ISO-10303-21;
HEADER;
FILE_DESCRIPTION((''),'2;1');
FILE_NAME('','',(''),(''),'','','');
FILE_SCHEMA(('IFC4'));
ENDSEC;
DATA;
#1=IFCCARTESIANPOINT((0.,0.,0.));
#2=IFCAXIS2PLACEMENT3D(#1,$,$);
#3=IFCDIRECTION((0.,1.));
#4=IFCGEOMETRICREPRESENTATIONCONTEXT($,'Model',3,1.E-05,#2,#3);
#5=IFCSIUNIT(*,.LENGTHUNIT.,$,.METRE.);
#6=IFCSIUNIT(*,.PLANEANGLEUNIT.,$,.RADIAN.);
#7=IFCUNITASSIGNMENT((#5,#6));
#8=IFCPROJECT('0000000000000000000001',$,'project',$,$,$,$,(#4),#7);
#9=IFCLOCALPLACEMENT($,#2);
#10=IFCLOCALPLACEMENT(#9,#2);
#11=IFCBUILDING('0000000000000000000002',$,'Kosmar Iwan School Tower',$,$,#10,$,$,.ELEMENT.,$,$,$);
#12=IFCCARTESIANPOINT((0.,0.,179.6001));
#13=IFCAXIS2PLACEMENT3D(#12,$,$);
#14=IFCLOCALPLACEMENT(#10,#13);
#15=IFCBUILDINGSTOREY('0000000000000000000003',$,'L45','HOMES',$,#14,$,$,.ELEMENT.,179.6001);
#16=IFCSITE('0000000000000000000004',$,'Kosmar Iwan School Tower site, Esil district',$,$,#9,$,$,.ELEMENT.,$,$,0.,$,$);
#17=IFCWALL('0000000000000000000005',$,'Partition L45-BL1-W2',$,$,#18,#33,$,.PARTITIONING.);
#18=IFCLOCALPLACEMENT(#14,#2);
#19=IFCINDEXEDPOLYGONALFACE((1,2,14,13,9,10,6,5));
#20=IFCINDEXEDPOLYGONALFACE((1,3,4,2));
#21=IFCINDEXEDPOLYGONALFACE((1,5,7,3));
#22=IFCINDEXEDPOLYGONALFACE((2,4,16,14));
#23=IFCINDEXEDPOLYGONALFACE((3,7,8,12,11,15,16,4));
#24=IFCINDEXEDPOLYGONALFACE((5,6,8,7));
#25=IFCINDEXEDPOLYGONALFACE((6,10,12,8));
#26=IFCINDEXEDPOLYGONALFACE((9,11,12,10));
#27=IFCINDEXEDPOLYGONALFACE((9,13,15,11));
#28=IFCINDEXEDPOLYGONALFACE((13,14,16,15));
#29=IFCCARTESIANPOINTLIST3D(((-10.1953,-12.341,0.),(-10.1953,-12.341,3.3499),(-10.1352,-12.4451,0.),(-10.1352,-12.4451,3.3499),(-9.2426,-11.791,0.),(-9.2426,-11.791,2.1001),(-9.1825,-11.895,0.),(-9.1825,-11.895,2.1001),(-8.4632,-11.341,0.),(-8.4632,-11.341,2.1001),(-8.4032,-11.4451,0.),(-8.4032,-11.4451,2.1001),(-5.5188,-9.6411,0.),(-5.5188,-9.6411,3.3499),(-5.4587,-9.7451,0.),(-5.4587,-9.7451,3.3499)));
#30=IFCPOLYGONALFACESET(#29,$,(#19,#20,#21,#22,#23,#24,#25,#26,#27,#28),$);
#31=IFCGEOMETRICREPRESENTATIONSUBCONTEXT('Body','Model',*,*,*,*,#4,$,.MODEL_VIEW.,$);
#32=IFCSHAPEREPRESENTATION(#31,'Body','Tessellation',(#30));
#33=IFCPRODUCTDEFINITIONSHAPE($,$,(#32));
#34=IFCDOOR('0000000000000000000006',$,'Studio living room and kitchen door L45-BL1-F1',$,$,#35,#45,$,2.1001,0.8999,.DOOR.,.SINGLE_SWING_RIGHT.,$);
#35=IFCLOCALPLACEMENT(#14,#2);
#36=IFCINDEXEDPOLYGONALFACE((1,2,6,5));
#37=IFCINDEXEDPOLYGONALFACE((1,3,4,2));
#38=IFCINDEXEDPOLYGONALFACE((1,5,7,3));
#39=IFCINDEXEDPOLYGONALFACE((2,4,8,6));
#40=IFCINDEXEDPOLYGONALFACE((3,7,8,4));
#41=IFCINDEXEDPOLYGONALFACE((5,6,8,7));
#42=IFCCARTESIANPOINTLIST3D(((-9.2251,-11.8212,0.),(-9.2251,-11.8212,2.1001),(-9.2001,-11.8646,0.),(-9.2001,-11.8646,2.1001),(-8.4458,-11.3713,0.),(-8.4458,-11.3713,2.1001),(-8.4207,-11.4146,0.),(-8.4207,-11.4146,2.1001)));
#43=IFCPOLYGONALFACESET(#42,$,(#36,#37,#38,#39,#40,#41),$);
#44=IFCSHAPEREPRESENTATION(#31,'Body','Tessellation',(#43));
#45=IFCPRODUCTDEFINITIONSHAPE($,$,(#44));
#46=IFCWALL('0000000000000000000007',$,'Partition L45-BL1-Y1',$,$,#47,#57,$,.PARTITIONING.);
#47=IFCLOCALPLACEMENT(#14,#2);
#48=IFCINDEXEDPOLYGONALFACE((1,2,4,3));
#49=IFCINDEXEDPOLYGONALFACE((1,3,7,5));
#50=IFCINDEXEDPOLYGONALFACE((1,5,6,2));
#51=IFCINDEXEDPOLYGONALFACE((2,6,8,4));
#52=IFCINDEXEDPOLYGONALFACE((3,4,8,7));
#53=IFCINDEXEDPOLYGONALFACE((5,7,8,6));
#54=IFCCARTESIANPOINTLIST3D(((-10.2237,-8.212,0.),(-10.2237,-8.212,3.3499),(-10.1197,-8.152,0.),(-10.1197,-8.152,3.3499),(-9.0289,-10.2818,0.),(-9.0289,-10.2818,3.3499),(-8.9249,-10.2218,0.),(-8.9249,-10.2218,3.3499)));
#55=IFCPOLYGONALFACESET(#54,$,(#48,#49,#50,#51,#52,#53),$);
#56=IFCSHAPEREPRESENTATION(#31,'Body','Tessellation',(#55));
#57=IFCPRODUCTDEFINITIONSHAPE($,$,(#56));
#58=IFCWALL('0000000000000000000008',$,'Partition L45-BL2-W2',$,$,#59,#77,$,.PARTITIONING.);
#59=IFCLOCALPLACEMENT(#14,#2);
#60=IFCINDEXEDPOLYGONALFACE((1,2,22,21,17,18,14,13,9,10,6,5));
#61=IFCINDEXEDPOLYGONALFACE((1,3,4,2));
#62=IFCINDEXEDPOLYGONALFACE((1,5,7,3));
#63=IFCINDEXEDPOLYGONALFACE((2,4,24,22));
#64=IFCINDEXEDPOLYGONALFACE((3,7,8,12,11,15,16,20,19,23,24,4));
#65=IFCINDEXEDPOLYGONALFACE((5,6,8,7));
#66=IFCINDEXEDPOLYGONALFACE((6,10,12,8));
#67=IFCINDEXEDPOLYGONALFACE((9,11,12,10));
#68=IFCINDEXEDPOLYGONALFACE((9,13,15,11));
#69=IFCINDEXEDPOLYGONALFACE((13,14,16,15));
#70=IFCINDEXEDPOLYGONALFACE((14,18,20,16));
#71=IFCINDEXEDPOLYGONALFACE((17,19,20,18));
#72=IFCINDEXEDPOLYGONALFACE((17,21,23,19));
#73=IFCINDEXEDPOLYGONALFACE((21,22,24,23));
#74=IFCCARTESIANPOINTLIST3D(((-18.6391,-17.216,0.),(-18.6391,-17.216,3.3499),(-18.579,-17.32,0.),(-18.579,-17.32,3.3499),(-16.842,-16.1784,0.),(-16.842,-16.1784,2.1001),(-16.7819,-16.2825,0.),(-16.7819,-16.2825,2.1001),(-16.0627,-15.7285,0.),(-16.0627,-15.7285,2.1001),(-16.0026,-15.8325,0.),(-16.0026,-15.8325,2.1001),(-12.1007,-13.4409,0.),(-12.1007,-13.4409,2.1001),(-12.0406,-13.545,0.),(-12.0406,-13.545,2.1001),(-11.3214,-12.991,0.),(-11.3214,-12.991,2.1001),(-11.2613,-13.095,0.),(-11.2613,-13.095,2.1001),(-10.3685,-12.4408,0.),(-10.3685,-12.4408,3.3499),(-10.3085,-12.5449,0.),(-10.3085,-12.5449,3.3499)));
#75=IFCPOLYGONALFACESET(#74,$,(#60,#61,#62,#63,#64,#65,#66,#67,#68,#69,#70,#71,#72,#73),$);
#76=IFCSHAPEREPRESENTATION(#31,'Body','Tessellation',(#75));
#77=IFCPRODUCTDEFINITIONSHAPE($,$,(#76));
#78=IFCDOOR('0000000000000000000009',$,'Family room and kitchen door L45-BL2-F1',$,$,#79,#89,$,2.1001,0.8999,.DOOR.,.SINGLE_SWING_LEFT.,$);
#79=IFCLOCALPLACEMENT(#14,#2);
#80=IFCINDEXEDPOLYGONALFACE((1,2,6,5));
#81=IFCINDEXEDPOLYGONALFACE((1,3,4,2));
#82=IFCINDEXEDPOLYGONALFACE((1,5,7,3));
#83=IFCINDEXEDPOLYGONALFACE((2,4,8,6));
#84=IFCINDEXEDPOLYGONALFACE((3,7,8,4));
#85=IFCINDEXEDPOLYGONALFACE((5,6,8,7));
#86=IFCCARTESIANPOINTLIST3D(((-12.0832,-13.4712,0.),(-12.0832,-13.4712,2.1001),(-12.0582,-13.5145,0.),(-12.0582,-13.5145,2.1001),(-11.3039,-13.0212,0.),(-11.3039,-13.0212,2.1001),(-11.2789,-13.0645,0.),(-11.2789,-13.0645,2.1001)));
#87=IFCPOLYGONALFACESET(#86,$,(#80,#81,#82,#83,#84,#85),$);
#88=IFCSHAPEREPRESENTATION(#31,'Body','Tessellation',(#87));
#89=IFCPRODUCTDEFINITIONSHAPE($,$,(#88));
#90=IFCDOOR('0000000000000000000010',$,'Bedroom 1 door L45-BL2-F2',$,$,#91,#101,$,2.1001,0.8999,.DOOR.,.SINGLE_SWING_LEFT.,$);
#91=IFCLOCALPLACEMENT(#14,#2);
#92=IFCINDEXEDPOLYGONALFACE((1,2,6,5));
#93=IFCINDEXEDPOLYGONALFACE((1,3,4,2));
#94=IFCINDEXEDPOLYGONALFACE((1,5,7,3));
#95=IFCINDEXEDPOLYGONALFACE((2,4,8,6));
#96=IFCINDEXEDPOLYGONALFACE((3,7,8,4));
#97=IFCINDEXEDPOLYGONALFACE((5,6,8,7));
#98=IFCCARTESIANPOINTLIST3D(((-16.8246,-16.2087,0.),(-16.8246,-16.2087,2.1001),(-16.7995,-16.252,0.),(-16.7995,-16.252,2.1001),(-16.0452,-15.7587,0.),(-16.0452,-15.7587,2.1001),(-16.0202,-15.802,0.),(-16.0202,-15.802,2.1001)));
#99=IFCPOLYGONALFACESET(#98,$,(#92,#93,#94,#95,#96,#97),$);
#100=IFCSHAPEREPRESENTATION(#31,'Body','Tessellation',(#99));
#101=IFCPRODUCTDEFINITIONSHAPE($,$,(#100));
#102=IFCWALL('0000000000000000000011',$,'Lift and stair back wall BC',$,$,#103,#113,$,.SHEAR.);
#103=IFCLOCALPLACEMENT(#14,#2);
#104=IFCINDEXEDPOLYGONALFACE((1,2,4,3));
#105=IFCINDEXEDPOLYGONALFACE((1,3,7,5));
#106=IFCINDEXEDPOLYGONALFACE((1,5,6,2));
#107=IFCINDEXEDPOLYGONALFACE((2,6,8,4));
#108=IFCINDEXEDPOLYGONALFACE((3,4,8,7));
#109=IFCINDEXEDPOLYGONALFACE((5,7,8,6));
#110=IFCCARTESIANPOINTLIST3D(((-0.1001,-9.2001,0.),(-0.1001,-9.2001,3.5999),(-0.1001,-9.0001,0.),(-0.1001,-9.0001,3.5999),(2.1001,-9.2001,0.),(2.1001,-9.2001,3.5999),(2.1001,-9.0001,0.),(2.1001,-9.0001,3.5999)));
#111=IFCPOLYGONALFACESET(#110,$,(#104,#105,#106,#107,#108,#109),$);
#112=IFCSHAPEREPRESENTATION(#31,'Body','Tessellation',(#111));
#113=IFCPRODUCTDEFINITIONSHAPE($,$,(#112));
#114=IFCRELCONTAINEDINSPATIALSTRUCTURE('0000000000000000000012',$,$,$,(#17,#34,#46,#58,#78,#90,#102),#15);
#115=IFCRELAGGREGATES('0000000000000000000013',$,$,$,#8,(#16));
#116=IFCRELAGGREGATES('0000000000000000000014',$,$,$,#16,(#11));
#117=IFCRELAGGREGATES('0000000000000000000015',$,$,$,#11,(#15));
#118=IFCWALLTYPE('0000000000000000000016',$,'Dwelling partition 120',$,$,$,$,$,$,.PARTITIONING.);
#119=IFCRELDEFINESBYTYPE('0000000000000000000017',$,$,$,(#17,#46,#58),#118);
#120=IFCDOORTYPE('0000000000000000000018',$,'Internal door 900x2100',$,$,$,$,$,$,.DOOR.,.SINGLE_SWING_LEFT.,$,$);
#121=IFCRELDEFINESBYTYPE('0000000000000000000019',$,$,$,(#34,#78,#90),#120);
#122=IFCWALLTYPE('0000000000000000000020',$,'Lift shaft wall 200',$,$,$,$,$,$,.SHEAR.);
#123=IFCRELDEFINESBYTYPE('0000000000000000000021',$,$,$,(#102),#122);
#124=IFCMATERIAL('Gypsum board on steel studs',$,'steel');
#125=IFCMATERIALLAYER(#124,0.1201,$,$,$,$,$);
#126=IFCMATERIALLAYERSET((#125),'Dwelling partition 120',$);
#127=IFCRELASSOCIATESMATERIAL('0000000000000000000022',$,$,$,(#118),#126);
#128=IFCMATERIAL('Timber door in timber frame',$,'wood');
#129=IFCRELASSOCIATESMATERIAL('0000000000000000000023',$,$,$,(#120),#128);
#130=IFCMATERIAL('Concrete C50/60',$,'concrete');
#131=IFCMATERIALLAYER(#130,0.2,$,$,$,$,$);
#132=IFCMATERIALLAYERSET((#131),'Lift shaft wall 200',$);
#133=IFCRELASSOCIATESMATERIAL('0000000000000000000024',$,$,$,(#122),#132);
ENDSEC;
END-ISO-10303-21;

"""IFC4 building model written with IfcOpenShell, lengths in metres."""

from ifc_helpers import new_model, si_unit, direction, frame, frame_2d, origin, place, context, subcontext, project, spatial, rectangle, extrude, material, layer, layer_set, type_object, element, fill, save


model = new_model("IFC4")

# Units and contexts
model_context = context("Model", 3, precision=1e-05, world=origin(), true_north=direction((0.0, 1.0)))
body_context = subcontext(model_context, "Body", "Model", "MODEL_VIEW")
ifc_project = project(units=[si_unit("LENGTHUNIT", "METRE"), si_unit("PLANEANGLEUNIT", "RADIAN")], contexts=[model_context])

# Site, building, storey
site_placement = place(None, origin())
site = spatial("IfcSite", under=ifc_project, at=site_placement, Name="Kosmar Iwan School Tower site, Esil district", CompositionType="ELEMENT", RefElevation=0.0)
building_placement = place(site_placement, origin())
building = spatial("IfcBuilding", under=site, at=building_placement, Name="Kosmar Iwan School Tower", CompositionType="ELEMENT")
storey_placement = place(building_placement, frame((0.0, 0.0, 179.6001)))
storey = spatial("IfcBuildingStorey", under=building, at=storey_placement, Name="L45", Description="HOMES", CompositionType="ELEMENT", Elevation=179.6001)

# Shared definitions
ifc_material_1 = material(Name="Gypsum board on steel studs", Category="steel")
ifc_layer_1 = layer(ifc_material_1, 0.1201)
ifc_layer_set_1 = layer_set([ifc_layer_1], Name="Dwelling partition 120")
wall_type_1 = type_object("IfcWallType", Name="Dwelling partition 120", PredefinedType="PARTITIONING", material=ifc_layer_set_1)
ifc_material_2 = material(Name="Timber door in timber frame", Category="wood")
door_type_1 = type_object("IfcDoorType", Name="Internal door 900x2100", OperationType="SINGLE_SWING_LEFT", PredefinedType="DOOR", material=ifc_material_2)

# Wall, opening, door
wall_1_placement = place(storey_placement, frame((-5.4888, -9.6931, 0.0), z_axis=(0.0, 0.0, 1.0), x_axis=(-0.866028, -0.499995, 0.0)))
wall_1 = element("IfcWall", 1, at=wall_1_placement, inside=storey, type_object=wall_type_1, Name="Partition L45-BL1-W2", PredefinedType="PARTITIONING", context=body_context, shape_type="SweptSolid", body=[
    extrude(rectangle(XDim=5.3999, YDim=0.1201, at=frame_2d((2.7, 0.0))), origin(), (0.0, 0.0, 1.0), 3.3499),
])
opening_1_placement = place(wall_1_placement, frame((3.3999, 0.0, 0.0)))
opening_1 = element("IfcOpeningElement", 2, at=opening_1_placement, cuts=wall_1, PredefinedType="OPENING", context=body_context, shape_type="SweptSolid", body=[
    extrude(rectangle(XDim=0.8999, YDim=2.1001, at=frame_2d((0.45, 1.05))), frame((0.0, 0.072, 0.0), z_axis=(0.0, -1.0, 0.0), x_axis=(1.0, 0.0, 0.0)), (0.0, 0.0, 1.0), 0.144),
])
door_1_placement = place(opening_1_placement, origin())
door_1 = element("IfcDoor", 3, at=door_1_placement, inside=storey, type_object=door_type_1, Name="Studio living room and kitchen door L45-BL1-F1", OperationType="SINGLE_SWING_RIGHT", OverallHeight=2.1001, OverallWidth=0.8999, PredefinedType="DOOR", context=body_context, shape_type="SweptSolid", body=[
    extrude(rectangle(XDim=0.8999, YDim=2.1001, at=frame_2d((0.45, 1.05))), frame((0.0, 0.0249, 0.0), z_axis=(0.0, -1.0, 0.0), x_axis=(1.0, 0.0, 0.0)), (0.0, 0.0, 1.0), 0.05),
])
fill(opening_1, door_1)

# Wall
wall_2_placement = place(storey_placement, frame((-10.1716, -8.1821, 0.0), z_axis=(0.0, 0.0, 1.0), x_axis=(0.499941, -0.86606, 0.0)))
element("IfcWall", 4, at=wall_2_placement, inside=storey, type_object=wall_type_1, Name="Partition L45-BL1-Y1", PredefinedType="PARTITIONING", context=body_context, shape_type="SweptSolid", body=[
    extrude(rectangle(XDim=2.3899, YDim=0.1201, at=frame_2d((1.1948, 0.0))), origin(), (0.0, 0.0, 1.0), 3.3499),
])

# Wall, openings, doors
wall_3_placement = place(storey_placement, frame((-10.3386, -12.4929, 0.0), z_axis=(0.0, 0.0, 1.0), x_axis=(-0.866018, -0.500013, 0.0)))
wall_3 = element("IfcWall", 5, at=wall_3_placement, inside=storey, type_object=wall_type_1, Name="Partition L45-BL2-W2", PredefinedType="PARTITIONING", context=body_context, shape_type="SweptSolid", body=[
    extrude(rectangle(XDim=9.55, YDim=0.1201, at=frame_2d((4.7749, 0.0))), origin(), (0.0, 0.0, 1.0), 3.3499),
])
opening_2_placement = place(wall_3_placement, frame((1.1001, 0.0, 0.0)))
opening_2 = element("IfcOpeningElement", 6, at=opening_2_placement, cuts=wall_3, PredefinedType="OPENING", context=body_context, shape_type="SweptSolid", body=[
    extrude(rectangle(XDim=0.8999, YDim=2.1001, at=frame_2d((0.45, 1.05))), frame((0.0, 0.072, 0.0), z_axis=(0.0, -1.0, 0.0), x_axis=(1.0, 0.0, 0.0)), (0.0, 0.0, 1.0), 0.144),
])
opening_3_placement = place(wall_3_placement, frame((6.575, 0.0, 0.0)))
opening_3 = element("IfcOpeningElement", 7, at=opening_3_placement, cuts=wall_3, PredefinedType="OPENING", context=body_context, shape_type="SweptSolid", body=[
    extrude(rectangle(XDim=0.8999, YDim=2.1001, at=frame_2d((0.45, 1.05))), frame((0.0, 0.072, 0.0), z_axis=(0.0, -1.0, 0.0), x_axis=(1.0, 0.0, 0.0)), (0.0, 0.0, 1.0), 0.144),
])
door_2_placement = place(opening_2_placement, origin())
door_2 = element("IfcDoor", 8, at=door_2_placement, inside=storey, type_object=door_type_1, Name="Family room and kitchen door L45-BL2-F1", OperationType="SINGLE_SWING_LEFT", OverallHeight=2.1001, OverallWidth=0.8999, PredefinedType="DOOR", context=body_context, shape_type="SweptSolid", body=[
    extrude(rectangle(XDim=0.8999, YDim=2.1001, at=frame_2d((0.45, 1.05))), frame((0.0, 0.0249, 0.0), z_axis=(0.0, -1.0, 0.0), x_axis=(1.0, 0.0, 0.0)), (0.0, 0.0, 1.0), 0.05),
])
fill(opening_2, door_2)
door_3_placement = place(opening_3_placement, origin())
door_3 = element("IfcDoor", 9, at=door_3_placement, inside=storey, type_object=door_type_1, Name="Bedroom 1 door L45-BL2-F2", OperationType="SINGLE_SWING_LEFT", OverallHeight=2.1001, OverallWidth=0.8999, PredefinedType="DOOR", context=body_context, shape_type="SweptSolid", body=[
    extrude(rectangle(XDim=0.8999, YDim=2.1001, at=frame_2d((0.45, 1.05))), frame((0.0, 0.0249, 0.0), z_axis=(0.0, -1.0, 0.0), x_axis=(1.0, 0.0, 0.0)), (0.0, 0.0, 1.0), 0.05),
])
fill(opening_3, door_3)

# Wall
ifc_material_3 = material(Name="Concrete C50/60", Category="concrete")
ifc_layer_2 = layer(ifc_material_3, 0.2)
ifc_layer_set_2 = layer_set([ifc_layer_2], Name="Lift shaft wall 200")
wall_type_2 = type_object("IfcWallType", Name="Lift shaft wall 200", PredefinedType="SHEAR", material=ifc_layer_set_2)
wall_4_placement = place(storey_placement, frame((-0.1001, -9.1001, 0.0), z_axis=(0.0, 0.0, 1.0), x_axis=(1.0, 0.0, 0.0)))
element("IfcWall", 10, at=wall_4_placement, inside=storey, type_object=wall_type_2, Name="Lift and stair back wall BC", PredefinedType="SHEAR", context=body_context, shape_type="SweptSolid", body=[
    extrude(rectangle(XDim=2.2002, YDim=0.2, at=frame_2d((1.1001, 0.0))), origin(), (0.0, 0.0, 1.0), 3.5999),
])

save(model, "model.ifc")
